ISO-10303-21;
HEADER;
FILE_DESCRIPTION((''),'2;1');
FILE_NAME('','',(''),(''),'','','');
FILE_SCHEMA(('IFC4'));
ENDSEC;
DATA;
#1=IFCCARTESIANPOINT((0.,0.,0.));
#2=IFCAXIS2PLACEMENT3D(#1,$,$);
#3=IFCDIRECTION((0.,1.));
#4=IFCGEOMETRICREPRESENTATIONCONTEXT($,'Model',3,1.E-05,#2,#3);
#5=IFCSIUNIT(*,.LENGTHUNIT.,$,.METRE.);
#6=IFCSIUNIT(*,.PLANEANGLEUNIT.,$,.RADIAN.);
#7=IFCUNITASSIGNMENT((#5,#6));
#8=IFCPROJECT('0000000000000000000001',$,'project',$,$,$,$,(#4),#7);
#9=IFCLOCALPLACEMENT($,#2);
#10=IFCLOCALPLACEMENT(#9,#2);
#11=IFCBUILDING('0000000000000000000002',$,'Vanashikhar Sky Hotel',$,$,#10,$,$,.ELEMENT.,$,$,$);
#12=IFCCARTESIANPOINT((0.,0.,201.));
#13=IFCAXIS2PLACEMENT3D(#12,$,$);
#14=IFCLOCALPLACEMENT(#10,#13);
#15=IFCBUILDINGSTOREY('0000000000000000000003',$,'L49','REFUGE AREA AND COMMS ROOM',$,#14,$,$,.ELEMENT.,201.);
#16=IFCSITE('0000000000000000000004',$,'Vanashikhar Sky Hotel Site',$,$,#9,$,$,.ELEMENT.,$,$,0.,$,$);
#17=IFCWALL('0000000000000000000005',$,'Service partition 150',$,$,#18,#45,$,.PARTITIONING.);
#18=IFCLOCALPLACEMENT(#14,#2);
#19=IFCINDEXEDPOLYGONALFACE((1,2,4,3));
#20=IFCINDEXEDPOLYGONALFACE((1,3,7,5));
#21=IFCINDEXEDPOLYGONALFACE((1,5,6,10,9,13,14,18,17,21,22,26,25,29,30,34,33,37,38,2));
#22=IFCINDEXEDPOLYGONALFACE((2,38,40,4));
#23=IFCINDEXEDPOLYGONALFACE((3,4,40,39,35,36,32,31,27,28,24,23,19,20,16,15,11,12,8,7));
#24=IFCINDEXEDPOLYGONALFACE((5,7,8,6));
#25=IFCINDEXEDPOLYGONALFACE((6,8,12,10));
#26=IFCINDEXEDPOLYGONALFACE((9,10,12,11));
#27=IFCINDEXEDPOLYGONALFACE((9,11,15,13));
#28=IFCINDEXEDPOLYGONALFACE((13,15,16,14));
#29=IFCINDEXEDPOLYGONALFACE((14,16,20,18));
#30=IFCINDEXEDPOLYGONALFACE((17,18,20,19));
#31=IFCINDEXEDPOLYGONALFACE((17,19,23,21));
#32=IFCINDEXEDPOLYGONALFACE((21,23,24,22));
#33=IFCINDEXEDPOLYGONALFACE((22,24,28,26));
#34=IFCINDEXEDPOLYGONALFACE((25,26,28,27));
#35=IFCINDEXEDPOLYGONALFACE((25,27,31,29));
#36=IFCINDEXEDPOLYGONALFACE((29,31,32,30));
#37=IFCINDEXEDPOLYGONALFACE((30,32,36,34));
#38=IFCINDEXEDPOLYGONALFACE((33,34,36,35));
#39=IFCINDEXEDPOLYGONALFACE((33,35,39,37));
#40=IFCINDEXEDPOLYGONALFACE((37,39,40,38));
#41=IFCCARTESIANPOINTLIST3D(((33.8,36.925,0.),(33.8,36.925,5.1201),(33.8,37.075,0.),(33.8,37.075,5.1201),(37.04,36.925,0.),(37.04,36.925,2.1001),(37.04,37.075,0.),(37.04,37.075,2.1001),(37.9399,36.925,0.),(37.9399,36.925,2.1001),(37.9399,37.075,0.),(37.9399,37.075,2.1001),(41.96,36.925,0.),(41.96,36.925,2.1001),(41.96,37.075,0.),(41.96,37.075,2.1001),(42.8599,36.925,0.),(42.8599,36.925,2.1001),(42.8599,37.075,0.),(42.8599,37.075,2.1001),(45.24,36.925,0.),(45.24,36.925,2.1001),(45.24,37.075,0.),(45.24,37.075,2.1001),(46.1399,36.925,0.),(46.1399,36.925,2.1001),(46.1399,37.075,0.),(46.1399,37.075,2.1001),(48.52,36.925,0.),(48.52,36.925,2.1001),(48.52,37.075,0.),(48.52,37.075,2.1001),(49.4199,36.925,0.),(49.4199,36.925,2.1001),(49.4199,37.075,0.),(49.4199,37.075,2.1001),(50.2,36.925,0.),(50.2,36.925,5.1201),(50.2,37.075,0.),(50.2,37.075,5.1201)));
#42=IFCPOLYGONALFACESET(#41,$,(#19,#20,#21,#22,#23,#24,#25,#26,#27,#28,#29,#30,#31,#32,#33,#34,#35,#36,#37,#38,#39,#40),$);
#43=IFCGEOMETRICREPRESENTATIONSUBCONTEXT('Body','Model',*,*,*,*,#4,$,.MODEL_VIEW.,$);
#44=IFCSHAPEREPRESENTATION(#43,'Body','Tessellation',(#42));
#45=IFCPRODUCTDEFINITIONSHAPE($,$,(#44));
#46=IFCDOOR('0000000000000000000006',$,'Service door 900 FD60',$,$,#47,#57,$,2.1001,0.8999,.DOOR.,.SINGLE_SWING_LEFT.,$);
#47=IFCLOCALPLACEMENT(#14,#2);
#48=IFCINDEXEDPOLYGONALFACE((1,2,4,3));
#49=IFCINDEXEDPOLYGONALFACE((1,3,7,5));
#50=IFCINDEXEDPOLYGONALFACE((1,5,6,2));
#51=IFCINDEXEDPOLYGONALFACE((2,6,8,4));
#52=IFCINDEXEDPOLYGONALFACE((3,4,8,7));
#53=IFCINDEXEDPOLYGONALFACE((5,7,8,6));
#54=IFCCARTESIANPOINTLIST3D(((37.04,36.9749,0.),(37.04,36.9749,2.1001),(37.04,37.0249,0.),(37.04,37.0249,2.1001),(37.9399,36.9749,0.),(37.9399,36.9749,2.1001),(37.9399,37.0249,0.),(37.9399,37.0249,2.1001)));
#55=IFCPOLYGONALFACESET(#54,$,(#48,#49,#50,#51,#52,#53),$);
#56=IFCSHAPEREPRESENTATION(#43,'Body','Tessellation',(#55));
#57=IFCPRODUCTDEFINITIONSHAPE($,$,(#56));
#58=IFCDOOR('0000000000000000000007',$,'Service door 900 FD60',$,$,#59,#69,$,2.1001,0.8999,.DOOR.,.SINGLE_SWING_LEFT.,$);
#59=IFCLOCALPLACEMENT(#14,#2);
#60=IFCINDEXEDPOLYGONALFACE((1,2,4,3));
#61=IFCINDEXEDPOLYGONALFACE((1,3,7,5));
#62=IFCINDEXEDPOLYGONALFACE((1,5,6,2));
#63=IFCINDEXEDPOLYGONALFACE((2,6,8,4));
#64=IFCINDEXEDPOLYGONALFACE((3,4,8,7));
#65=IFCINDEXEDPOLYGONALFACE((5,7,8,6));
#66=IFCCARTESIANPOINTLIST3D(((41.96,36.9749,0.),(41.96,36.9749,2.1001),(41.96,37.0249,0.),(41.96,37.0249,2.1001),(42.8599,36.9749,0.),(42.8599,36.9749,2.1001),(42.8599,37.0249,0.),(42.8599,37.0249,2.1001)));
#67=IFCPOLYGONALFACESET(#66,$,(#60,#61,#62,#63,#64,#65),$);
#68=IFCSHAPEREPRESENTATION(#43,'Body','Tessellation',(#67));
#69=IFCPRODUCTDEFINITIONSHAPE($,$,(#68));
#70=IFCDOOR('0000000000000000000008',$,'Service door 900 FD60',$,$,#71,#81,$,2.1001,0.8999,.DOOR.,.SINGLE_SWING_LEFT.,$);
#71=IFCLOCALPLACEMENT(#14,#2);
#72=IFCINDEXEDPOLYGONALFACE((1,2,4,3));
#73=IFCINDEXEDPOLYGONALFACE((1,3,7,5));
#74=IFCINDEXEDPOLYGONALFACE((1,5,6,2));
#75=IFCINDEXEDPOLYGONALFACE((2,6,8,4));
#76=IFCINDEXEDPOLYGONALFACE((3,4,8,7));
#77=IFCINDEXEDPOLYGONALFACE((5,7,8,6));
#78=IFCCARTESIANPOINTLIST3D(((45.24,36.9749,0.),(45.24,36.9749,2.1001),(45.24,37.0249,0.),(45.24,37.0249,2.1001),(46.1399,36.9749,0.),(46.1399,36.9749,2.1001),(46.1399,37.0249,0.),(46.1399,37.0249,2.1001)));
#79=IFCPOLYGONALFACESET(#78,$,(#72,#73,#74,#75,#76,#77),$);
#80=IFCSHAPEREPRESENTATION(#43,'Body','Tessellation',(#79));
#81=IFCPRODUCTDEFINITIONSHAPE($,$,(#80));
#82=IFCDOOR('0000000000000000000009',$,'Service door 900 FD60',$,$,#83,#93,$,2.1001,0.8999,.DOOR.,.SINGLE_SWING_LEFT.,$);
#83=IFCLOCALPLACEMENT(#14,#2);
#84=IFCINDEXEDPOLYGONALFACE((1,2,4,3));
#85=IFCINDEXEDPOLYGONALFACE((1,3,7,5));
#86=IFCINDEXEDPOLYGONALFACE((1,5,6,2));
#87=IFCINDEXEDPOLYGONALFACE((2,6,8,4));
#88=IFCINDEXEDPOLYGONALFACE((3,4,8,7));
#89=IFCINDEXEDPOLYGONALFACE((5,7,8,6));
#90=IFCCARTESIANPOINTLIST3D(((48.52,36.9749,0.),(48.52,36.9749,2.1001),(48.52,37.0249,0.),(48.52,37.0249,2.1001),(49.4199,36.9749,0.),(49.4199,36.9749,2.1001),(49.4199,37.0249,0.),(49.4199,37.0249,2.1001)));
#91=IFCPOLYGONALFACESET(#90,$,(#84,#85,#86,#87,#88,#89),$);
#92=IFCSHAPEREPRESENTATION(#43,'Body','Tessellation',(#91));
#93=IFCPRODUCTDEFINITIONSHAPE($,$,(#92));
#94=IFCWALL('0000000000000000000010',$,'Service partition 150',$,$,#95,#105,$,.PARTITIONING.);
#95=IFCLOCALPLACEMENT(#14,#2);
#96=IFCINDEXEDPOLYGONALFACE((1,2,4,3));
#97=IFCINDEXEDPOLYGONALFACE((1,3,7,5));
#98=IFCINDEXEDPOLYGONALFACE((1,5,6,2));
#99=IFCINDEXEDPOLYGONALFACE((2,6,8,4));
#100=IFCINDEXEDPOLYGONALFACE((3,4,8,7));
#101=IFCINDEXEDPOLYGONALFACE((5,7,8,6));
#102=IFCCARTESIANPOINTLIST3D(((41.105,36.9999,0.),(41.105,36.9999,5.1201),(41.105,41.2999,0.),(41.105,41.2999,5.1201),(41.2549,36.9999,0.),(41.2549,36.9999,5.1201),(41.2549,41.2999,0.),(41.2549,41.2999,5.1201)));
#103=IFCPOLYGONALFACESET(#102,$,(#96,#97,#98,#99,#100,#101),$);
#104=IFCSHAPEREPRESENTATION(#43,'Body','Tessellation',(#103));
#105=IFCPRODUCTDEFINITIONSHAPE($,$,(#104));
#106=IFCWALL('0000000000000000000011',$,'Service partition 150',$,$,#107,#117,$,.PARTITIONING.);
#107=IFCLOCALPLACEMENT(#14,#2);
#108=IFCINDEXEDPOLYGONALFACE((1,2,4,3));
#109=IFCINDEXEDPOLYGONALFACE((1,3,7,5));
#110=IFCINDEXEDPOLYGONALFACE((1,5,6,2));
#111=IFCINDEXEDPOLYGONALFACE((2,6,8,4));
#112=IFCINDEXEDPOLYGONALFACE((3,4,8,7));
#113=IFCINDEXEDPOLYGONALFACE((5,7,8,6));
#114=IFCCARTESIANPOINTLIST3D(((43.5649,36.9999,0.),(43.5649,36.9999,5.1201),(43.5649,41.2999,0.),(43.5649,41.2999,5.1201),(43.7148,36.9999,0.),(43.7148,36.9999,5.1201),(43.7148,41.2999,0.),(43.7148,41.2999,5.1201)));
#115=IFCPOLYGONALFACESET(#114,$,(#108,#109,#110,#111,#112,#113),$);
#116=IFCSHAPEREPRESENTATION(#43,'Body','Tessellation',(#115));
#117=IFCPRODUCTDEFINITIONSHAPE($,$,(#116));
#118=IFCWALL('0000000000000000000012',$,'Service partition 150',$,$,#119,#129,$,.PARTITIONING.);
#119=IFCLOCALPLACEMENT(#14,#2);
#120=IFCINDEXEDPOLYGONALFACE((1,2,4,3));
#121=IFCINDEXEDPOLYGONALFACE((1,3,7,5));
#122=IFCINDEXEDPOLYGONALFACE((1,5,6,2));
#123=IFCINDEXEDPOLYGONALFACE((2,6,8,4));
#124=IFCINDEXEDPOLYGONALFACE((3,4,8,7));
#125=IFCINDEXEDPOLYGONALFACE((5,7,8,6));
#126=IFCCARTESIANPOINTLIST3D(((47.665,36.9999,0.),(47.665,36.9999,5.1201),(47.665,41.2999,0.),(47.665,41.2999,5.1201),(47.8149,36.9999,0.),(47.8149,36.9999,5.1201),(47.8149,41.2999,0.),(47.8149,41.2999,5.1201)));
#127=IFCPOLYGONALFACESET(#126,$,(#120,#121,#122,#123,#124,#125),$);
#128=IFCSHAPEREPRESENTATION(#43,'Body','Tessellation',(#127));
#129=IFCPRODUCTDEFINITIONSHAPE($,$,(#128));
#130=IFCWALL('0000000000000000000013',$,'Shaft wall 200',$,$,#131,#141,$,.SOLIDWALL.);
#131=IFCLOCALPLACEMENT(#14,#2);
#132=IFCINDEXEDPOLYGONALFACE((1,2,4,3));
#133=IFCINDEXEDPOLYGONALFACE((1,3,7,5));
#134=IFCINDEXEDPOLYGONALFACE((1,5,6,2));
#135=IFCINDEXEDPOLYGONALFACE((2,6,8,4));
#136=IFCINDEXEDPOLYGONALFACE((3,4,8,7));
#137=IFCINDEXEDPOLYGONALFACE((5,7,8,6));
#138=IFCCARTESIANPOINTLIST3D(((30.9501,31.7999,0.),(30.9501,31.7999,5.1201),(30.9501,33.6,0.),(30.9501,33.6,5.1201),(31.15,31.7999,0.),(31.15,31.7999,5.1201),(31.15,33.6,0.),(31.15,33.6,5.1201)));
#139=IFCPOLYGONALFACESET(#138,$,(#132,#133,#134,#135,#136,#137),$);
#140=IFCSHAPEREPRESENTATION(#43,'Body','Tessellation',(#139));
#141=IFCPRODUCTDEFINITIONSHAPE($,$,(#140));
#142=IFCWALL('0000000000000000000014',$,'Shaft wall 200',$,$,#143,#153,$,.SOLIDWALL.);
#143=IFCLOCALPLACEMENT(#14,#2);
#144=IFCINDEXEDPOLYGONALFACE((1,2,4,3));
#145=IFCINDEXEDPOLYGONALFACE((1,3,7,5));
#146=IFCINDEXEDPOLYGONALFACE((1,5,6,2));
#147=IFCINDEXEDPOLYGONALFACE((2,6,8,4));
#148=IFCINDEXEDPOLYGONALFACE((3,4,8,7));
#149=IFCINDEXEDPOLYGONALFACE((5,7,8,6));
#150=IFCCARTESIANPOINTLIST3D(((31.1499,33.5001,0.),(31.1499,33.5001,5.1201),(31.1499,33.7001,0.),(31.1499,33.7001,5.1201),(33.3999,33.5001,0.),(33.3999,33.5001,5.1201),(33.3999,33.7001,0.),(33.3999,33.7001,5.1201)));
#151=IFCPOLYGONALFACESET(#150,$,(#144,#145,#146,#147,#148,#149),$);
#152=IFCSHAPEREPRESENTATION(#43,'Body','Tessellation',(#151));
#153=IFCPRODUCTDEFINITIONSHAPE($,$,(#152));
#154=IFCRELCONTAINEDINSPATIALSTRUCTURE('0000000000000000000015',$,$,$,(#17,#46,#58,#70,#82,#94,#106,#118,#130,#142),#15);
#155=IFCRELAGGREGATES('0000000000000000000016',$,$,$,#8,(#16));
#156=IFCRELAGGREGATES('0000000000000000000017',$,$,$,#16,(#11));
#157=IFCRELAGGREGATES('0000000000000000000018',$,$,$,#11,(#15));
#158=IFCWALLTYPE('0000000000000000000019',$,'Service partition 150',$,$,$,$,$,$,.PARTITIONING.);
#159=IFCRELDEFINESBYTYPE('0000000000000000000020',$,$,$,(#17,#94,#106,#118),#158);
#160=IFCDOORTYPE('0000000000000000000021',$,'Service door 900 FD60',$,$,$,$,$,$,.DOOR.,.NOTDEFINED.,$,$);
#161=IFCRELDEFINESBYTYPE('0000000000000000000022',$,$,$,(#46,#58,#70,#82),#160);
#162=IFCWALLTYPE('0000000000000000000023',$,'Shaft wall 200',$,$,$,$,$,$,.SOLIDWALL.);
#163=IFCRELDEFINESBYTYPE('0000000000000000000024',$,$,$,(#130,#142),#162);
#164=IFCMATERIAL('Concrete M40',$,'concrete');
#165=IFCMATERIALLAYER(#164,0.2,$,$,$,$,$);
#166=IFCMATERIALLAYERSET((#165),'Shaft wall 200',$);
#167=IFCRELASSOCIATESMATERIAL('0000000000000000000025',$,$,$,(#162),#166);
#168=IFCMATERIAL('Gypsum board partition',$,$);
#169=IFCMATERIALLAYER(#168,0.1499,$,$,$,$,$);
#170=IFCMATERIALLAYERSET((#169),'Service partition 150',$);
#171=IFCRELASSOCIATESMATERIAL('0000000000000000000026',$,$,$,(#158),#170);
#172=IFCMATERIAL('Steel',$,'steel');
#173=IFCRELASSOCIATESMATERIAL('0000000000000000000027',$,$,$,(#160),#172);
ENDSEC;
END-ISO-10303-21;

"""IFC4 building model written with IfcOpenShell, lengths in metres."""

from ifc_helpers import new_model, si_unit, direction, frame, frame_2d, origin, place, context, subcontext, project, spatial, rectangle, extrude, source, transform, mapped, material, layer, layer_set, type_object, element, fill, save


model = new_model("IFC4")

# Units and contexts
model_context = context("Model", 3, precision=1e-05, world=origin(), true_north=direction((0.0, 1.0)))
body_context = subcontext(model_context, "Body", "Model", "MODEL_VIEW")
ifc_project = project(units=[si_unit("LENGTHUNIT", "METRE"), si_unit("PLANEANGLEUNIT", "RADIAN")], contexts=[model_context])

# Site, building, storey
site_placement = place(None, origin())
site = spatial("IfcSite", under=ifc_project, at=site_placement, Name="Vanashikhar Sky Hotel Site", CompositionType="ELEMENT", RefElevation=0.0)
building_placement = place(site_placement, origin())
building = spatial("IfcBuilding", under=site, at=building_placement, Name="Vanashikhar Sky Hotel", CompositionType="ELEMENT")
storey_placement = place(building_placement, frame((0.0, 0.0, 201.0)))
storey = spatial("IfcBuildingStorey", under=building, at=storey_placement, Name="L49", Description="REFUGE AREA AND COMMS ROOM", CompositionType="ELEMENT", Elevation=201.0)

# Shared definitions
ifc_material_1 = material(Name="Steel", Category="steel")

# Shared definitions
ifc_material_2 = material(Name="Concrete M40", Category="concrete")
ifc_layer_1 = layer(ifc_material_2, 0.2)
ifc_layer_set_1 = layer_set([ifc_layer_1], Name="Shaft wall 200")
wall_type_1 = type_object("IfcWallType", Name="Shaft wall 200", PredefinedType="SOLIDWALL", material=ifc_layer_set_1)
ifc_material_3 = material(Name="Gypsum board partition")
ifc_layer_2 = layer(ifc_material_3, 0.1499)
ifc_layer_set_2 = layer_set([ifc_layer_2], Name="Service partition 150")
wall_type_2 = type_object("IfcWallType", Name="Service partition 150", PredefinedType="PARTITIONING", material=ifc_layer_set_2)

# Wall, openings, doors
shared_shape_1 = source(origin(), body_context, "Body", "SweptSolid", [
    extrude(rectangle(XDim=0.8999, YDim=2.1001, at=frame_2d((0.45, 1.05))), frame((0.0, 0.085, 0.0), z_axis=(0.0, -1.0, 0.0), x_axis=(1.0, 0.0, 0.0)), (0.0, 0.0, 1.0), 0.1699),
])
door_type_1 = type_object("IfcDoorType", Name="Service door 900 FD60", OperationType="NOTDEFINED", PredefinedType="DOOR", material=ifc_material_1)
shared_shape_2 = source(origin(), body_context, "Body", "SweptSolid", [
    extrude(rectangle(XDim=0.8999, YDim=2.1001, at=frame_2d((0.45, 1.05))), frame((0.0, 0.0249, 0.0), z_axis=(0.0, -1.0, 0.0), x_axis=(1.0, 0.0, 0.0)), (0.0, 0.0, 1.0), 0.05),
])
shared_shape_3 = source(origin(), body_context, "Body", "SweptSolid", [
    extrude(rectangle(XDim=16.3999, YDim=0.1499, at=frame_2d((8.2, 0.0))), origin(), (0.0, 0.0, 1.0), 5.1201),
])
wall_1_placement = place(storey_placement, frame((33.8, 37.0, 0.0), z_axis=(0.0, 0.0, 1.0), x_axis=(1.0, 0.0, 0.0)))
wall_1 = element("IfcWall", 1, at=wall_1_placement, inside=storey, type_object=wall_type_2, Name="Service partition 150", PredefinedType="PARTITIONING", context=body_context, shape_type="MappedRepresentation", body=[
    mapped(shared_shape_3, transform((0.0, 0.0, 0.0), scale=1.0)),
])
opening_1_placement = place(wall_1_placement, frame((3.24, 0.0, 0.0)))
opening_1 = element("IfcOpeningElement", 2, at=opening_1_placement, cuts=wall_1, PredefinedType="OPENING", context=body_context, shape_type="MappedRepresentation", body=[
    mapped(shared_shape_1, transform((0.0, 0.0, 0.0), scale=1.0)),
])
opening_2_placement = place(wall_1_placement, frame((8.1599, 0.0, 0.0)))
opening_2 = element("IfcOpeningElement", 3, at=opening_2_placement, cuts=wall_1, PredefinedType="OPENING", context=body_context, shape_type="MappedRepresentation", body=[
    mapped(shared_shape_1, transform((0.0, 0.0, 0.0), scale=1.0)),
])
opening_3_placement = place(wall_1_placement, frame((11.4399, 0.0, 0.0)))
opening_3 = element("IfcOpeningElement", 4, at=opening_3_placement, cuts=wall_1, PredefinedType="OPENING", context=body_context, shape_type="MappedRepresentation", body=[
    mapped(shared_shape_1, transform((0.0, 0.0, 0.0), scale=1.0)),
])
opening_4_placement = place(wall_1_placement, frame((14.72, 0.0, 0.0)))
opening_4 = element("IfcOpeningElement", 5, at=opening_4_placement, cuts=wall_1, PredefinedType="OPENING", context=body_context, shape_type="MappedRepresentation", body=[
    mapped(shared_shape_1, transform((0.0, 0.0, 0.0), scale=1.0)),
])
door_1_placement = place(opening_1_placement, origin())
door_1 = element("IfcDoor", 6, at=door_1_placement, inside=storey, type_object=door_type_1, Name="Service door 900 FD60", OperationType="SINGLE_SWING_LEFT", OverallHeight=2.1001, OverallWidth=0.8999, PredefinedType="DOOR", context=body_context, shape_type="MappedRepresentation", body=[
    mapped(shared_shape_2, transform((0.0, 0.0, 0.0), scale=1.0)),
])
fill(opening_1, door_1)
door_2_placement = place(opening_2_placement, origin())
door_2 = element("IfcDoor", 7, at=door_2_placement, inside=storey, type_object=door_type_1, Name="Service door 900 FD60", OperationType="SINGLE_SWING_LEFT", OverallHeight=2.1001, OverallWidth=0.8999, PredefinedType="DOOR", context=body_context, shape_type="MappedRepresentation", body=[
    mapped(shared_shape_2, transform((0.0, 0.0, 0.0), scale=1.0)),
])
fill(opening_2, door_2)
door_3_placement = place(opening_3_placement, origin())
door_3 = element("IfcDoor", 8, at=door_3_placement, inside=storey, type_object=door_type_1, Name="Service door 900 FD60", OperationType="SINGLE_SWING_LEFT", OverallHeight=2.1001, OverallWidth=0.8999, PredefinedType="DOOR", context=body_context, shape_type="MappedRepresentation", body=[
    mapped(shared_shape_2, transform((0.0, 0.0, 0.0), scale=1.0)),
])
fill(opening_3, door_3)
door_4_placement = place(opening_4_placement, origin())
door_4 = element("IfcDoor", 9, at=door_4_placement, inside=storey, type_object=door_type_1, Name="Service door 900 FD60", OperationType="SINGLE_SWING_LEFT", OverallHeight=2.1001, OverallWidth=0.8999, PredefinedType="DOOR", context=body_context, shape_type="MappedRepresentation", body=[
    mapped(shared_shape_2, transform((0.0, 0.0, 0.0), scale=1.0)),
])
fill(opening_4, door_4)

# Walls
shared_shape_4 = source(origin(), body_context, "Body", "SweptSolid", [
    extrude(rectangle(XDim=4.3, YDim=0.1499, at=frame_2d((2.1499, 0.0))), origin(), (0.0, 0.0, 1.0), 5.1201),
])
for number, where, z_axis, x_axis, name in (
    (10, (41.1799, 37.0, 0.0), (0.0, 0.0, 1.0), (0.0, 1.0, 0.0), "Service partition 150"),
    (11, (43.6399, 37.0, 0.0), (0.0, 0.0, 1.0), (0.0, 1.0, 0.0), "Service partition 150"),
    (12, (47.74, 37.0, 0.0), (0.0, 0.0, 1.0), (0.0, 1.0, 0.0), "Service partition 150"),
):
    element("IfcWall", number, at=place(storey_placement, frame(where, z_axis=z_axis, x_axis=x_axis)), inside=storey, type_object=wall_type_2, Name=name, PredefinedType="PARTITIONING", context=body_context, shape_type="MappedRepresentation", body=[
        mapped(shared_shape_4, transform((0.0, 0.0, 0.0), scale=1.0)),
    ])
shared_shape_5 = source(origin(), body_context, "Body", "SweptSolid", [
    extrude(rectangle(XDim=1.8, YDim=0.2, at=frame_2d((0.8999, 0.0))), origin(), (0.0, 0.0, 1.0), 5.1201),
])
wall_2_placement = place(storey_placement, frame((31.05, 31.8, 0.0), z_axis=(0.0, 0.0, 1.0), x_axis=(0.0, 1.0, 0.0)))
element("IfcWall", 13, at=wall_2_placement, inside=storey, type_object=wall_type_1, Name="Shaft wall 200", PredefinedType="SOLIDWALL", context=body_context, shape_type="MappedRepresentation", body=[
    mapped(shared_shape_5, transform((0.0, 0.0, 0.0), scale=1.0)),
])
shared_shape_6 = source(origin(), body_context, "Body", "SweptSolid", [
    extrude(rectangle(XDim=2.25, YDim=0.2, at=frame_2d((1.125, 0.0))), origin(), (0.0, 0.0, 1.0), 5.1201),
])
wall_3_placement = place(storey_placement, frame((31.1499, 33.6001, 0.0), z_axis=(0.0, 0.0, 1.0), x_axis=(1.0, 0.0, 0.0)))
element("IfcWall", 14, at=wall_3_placement, inside=storey, type_object=wall_type_1, Name="Shaft wall 200", PredefinedType="SOLIDWALL", context=body_context, shape_type="MappedRepresentation", body=[
    mapped(shared_shape_6, transform((0.0, 0.0, 0.0), scale=1.0)),
])

save(model, "model.ifc")
